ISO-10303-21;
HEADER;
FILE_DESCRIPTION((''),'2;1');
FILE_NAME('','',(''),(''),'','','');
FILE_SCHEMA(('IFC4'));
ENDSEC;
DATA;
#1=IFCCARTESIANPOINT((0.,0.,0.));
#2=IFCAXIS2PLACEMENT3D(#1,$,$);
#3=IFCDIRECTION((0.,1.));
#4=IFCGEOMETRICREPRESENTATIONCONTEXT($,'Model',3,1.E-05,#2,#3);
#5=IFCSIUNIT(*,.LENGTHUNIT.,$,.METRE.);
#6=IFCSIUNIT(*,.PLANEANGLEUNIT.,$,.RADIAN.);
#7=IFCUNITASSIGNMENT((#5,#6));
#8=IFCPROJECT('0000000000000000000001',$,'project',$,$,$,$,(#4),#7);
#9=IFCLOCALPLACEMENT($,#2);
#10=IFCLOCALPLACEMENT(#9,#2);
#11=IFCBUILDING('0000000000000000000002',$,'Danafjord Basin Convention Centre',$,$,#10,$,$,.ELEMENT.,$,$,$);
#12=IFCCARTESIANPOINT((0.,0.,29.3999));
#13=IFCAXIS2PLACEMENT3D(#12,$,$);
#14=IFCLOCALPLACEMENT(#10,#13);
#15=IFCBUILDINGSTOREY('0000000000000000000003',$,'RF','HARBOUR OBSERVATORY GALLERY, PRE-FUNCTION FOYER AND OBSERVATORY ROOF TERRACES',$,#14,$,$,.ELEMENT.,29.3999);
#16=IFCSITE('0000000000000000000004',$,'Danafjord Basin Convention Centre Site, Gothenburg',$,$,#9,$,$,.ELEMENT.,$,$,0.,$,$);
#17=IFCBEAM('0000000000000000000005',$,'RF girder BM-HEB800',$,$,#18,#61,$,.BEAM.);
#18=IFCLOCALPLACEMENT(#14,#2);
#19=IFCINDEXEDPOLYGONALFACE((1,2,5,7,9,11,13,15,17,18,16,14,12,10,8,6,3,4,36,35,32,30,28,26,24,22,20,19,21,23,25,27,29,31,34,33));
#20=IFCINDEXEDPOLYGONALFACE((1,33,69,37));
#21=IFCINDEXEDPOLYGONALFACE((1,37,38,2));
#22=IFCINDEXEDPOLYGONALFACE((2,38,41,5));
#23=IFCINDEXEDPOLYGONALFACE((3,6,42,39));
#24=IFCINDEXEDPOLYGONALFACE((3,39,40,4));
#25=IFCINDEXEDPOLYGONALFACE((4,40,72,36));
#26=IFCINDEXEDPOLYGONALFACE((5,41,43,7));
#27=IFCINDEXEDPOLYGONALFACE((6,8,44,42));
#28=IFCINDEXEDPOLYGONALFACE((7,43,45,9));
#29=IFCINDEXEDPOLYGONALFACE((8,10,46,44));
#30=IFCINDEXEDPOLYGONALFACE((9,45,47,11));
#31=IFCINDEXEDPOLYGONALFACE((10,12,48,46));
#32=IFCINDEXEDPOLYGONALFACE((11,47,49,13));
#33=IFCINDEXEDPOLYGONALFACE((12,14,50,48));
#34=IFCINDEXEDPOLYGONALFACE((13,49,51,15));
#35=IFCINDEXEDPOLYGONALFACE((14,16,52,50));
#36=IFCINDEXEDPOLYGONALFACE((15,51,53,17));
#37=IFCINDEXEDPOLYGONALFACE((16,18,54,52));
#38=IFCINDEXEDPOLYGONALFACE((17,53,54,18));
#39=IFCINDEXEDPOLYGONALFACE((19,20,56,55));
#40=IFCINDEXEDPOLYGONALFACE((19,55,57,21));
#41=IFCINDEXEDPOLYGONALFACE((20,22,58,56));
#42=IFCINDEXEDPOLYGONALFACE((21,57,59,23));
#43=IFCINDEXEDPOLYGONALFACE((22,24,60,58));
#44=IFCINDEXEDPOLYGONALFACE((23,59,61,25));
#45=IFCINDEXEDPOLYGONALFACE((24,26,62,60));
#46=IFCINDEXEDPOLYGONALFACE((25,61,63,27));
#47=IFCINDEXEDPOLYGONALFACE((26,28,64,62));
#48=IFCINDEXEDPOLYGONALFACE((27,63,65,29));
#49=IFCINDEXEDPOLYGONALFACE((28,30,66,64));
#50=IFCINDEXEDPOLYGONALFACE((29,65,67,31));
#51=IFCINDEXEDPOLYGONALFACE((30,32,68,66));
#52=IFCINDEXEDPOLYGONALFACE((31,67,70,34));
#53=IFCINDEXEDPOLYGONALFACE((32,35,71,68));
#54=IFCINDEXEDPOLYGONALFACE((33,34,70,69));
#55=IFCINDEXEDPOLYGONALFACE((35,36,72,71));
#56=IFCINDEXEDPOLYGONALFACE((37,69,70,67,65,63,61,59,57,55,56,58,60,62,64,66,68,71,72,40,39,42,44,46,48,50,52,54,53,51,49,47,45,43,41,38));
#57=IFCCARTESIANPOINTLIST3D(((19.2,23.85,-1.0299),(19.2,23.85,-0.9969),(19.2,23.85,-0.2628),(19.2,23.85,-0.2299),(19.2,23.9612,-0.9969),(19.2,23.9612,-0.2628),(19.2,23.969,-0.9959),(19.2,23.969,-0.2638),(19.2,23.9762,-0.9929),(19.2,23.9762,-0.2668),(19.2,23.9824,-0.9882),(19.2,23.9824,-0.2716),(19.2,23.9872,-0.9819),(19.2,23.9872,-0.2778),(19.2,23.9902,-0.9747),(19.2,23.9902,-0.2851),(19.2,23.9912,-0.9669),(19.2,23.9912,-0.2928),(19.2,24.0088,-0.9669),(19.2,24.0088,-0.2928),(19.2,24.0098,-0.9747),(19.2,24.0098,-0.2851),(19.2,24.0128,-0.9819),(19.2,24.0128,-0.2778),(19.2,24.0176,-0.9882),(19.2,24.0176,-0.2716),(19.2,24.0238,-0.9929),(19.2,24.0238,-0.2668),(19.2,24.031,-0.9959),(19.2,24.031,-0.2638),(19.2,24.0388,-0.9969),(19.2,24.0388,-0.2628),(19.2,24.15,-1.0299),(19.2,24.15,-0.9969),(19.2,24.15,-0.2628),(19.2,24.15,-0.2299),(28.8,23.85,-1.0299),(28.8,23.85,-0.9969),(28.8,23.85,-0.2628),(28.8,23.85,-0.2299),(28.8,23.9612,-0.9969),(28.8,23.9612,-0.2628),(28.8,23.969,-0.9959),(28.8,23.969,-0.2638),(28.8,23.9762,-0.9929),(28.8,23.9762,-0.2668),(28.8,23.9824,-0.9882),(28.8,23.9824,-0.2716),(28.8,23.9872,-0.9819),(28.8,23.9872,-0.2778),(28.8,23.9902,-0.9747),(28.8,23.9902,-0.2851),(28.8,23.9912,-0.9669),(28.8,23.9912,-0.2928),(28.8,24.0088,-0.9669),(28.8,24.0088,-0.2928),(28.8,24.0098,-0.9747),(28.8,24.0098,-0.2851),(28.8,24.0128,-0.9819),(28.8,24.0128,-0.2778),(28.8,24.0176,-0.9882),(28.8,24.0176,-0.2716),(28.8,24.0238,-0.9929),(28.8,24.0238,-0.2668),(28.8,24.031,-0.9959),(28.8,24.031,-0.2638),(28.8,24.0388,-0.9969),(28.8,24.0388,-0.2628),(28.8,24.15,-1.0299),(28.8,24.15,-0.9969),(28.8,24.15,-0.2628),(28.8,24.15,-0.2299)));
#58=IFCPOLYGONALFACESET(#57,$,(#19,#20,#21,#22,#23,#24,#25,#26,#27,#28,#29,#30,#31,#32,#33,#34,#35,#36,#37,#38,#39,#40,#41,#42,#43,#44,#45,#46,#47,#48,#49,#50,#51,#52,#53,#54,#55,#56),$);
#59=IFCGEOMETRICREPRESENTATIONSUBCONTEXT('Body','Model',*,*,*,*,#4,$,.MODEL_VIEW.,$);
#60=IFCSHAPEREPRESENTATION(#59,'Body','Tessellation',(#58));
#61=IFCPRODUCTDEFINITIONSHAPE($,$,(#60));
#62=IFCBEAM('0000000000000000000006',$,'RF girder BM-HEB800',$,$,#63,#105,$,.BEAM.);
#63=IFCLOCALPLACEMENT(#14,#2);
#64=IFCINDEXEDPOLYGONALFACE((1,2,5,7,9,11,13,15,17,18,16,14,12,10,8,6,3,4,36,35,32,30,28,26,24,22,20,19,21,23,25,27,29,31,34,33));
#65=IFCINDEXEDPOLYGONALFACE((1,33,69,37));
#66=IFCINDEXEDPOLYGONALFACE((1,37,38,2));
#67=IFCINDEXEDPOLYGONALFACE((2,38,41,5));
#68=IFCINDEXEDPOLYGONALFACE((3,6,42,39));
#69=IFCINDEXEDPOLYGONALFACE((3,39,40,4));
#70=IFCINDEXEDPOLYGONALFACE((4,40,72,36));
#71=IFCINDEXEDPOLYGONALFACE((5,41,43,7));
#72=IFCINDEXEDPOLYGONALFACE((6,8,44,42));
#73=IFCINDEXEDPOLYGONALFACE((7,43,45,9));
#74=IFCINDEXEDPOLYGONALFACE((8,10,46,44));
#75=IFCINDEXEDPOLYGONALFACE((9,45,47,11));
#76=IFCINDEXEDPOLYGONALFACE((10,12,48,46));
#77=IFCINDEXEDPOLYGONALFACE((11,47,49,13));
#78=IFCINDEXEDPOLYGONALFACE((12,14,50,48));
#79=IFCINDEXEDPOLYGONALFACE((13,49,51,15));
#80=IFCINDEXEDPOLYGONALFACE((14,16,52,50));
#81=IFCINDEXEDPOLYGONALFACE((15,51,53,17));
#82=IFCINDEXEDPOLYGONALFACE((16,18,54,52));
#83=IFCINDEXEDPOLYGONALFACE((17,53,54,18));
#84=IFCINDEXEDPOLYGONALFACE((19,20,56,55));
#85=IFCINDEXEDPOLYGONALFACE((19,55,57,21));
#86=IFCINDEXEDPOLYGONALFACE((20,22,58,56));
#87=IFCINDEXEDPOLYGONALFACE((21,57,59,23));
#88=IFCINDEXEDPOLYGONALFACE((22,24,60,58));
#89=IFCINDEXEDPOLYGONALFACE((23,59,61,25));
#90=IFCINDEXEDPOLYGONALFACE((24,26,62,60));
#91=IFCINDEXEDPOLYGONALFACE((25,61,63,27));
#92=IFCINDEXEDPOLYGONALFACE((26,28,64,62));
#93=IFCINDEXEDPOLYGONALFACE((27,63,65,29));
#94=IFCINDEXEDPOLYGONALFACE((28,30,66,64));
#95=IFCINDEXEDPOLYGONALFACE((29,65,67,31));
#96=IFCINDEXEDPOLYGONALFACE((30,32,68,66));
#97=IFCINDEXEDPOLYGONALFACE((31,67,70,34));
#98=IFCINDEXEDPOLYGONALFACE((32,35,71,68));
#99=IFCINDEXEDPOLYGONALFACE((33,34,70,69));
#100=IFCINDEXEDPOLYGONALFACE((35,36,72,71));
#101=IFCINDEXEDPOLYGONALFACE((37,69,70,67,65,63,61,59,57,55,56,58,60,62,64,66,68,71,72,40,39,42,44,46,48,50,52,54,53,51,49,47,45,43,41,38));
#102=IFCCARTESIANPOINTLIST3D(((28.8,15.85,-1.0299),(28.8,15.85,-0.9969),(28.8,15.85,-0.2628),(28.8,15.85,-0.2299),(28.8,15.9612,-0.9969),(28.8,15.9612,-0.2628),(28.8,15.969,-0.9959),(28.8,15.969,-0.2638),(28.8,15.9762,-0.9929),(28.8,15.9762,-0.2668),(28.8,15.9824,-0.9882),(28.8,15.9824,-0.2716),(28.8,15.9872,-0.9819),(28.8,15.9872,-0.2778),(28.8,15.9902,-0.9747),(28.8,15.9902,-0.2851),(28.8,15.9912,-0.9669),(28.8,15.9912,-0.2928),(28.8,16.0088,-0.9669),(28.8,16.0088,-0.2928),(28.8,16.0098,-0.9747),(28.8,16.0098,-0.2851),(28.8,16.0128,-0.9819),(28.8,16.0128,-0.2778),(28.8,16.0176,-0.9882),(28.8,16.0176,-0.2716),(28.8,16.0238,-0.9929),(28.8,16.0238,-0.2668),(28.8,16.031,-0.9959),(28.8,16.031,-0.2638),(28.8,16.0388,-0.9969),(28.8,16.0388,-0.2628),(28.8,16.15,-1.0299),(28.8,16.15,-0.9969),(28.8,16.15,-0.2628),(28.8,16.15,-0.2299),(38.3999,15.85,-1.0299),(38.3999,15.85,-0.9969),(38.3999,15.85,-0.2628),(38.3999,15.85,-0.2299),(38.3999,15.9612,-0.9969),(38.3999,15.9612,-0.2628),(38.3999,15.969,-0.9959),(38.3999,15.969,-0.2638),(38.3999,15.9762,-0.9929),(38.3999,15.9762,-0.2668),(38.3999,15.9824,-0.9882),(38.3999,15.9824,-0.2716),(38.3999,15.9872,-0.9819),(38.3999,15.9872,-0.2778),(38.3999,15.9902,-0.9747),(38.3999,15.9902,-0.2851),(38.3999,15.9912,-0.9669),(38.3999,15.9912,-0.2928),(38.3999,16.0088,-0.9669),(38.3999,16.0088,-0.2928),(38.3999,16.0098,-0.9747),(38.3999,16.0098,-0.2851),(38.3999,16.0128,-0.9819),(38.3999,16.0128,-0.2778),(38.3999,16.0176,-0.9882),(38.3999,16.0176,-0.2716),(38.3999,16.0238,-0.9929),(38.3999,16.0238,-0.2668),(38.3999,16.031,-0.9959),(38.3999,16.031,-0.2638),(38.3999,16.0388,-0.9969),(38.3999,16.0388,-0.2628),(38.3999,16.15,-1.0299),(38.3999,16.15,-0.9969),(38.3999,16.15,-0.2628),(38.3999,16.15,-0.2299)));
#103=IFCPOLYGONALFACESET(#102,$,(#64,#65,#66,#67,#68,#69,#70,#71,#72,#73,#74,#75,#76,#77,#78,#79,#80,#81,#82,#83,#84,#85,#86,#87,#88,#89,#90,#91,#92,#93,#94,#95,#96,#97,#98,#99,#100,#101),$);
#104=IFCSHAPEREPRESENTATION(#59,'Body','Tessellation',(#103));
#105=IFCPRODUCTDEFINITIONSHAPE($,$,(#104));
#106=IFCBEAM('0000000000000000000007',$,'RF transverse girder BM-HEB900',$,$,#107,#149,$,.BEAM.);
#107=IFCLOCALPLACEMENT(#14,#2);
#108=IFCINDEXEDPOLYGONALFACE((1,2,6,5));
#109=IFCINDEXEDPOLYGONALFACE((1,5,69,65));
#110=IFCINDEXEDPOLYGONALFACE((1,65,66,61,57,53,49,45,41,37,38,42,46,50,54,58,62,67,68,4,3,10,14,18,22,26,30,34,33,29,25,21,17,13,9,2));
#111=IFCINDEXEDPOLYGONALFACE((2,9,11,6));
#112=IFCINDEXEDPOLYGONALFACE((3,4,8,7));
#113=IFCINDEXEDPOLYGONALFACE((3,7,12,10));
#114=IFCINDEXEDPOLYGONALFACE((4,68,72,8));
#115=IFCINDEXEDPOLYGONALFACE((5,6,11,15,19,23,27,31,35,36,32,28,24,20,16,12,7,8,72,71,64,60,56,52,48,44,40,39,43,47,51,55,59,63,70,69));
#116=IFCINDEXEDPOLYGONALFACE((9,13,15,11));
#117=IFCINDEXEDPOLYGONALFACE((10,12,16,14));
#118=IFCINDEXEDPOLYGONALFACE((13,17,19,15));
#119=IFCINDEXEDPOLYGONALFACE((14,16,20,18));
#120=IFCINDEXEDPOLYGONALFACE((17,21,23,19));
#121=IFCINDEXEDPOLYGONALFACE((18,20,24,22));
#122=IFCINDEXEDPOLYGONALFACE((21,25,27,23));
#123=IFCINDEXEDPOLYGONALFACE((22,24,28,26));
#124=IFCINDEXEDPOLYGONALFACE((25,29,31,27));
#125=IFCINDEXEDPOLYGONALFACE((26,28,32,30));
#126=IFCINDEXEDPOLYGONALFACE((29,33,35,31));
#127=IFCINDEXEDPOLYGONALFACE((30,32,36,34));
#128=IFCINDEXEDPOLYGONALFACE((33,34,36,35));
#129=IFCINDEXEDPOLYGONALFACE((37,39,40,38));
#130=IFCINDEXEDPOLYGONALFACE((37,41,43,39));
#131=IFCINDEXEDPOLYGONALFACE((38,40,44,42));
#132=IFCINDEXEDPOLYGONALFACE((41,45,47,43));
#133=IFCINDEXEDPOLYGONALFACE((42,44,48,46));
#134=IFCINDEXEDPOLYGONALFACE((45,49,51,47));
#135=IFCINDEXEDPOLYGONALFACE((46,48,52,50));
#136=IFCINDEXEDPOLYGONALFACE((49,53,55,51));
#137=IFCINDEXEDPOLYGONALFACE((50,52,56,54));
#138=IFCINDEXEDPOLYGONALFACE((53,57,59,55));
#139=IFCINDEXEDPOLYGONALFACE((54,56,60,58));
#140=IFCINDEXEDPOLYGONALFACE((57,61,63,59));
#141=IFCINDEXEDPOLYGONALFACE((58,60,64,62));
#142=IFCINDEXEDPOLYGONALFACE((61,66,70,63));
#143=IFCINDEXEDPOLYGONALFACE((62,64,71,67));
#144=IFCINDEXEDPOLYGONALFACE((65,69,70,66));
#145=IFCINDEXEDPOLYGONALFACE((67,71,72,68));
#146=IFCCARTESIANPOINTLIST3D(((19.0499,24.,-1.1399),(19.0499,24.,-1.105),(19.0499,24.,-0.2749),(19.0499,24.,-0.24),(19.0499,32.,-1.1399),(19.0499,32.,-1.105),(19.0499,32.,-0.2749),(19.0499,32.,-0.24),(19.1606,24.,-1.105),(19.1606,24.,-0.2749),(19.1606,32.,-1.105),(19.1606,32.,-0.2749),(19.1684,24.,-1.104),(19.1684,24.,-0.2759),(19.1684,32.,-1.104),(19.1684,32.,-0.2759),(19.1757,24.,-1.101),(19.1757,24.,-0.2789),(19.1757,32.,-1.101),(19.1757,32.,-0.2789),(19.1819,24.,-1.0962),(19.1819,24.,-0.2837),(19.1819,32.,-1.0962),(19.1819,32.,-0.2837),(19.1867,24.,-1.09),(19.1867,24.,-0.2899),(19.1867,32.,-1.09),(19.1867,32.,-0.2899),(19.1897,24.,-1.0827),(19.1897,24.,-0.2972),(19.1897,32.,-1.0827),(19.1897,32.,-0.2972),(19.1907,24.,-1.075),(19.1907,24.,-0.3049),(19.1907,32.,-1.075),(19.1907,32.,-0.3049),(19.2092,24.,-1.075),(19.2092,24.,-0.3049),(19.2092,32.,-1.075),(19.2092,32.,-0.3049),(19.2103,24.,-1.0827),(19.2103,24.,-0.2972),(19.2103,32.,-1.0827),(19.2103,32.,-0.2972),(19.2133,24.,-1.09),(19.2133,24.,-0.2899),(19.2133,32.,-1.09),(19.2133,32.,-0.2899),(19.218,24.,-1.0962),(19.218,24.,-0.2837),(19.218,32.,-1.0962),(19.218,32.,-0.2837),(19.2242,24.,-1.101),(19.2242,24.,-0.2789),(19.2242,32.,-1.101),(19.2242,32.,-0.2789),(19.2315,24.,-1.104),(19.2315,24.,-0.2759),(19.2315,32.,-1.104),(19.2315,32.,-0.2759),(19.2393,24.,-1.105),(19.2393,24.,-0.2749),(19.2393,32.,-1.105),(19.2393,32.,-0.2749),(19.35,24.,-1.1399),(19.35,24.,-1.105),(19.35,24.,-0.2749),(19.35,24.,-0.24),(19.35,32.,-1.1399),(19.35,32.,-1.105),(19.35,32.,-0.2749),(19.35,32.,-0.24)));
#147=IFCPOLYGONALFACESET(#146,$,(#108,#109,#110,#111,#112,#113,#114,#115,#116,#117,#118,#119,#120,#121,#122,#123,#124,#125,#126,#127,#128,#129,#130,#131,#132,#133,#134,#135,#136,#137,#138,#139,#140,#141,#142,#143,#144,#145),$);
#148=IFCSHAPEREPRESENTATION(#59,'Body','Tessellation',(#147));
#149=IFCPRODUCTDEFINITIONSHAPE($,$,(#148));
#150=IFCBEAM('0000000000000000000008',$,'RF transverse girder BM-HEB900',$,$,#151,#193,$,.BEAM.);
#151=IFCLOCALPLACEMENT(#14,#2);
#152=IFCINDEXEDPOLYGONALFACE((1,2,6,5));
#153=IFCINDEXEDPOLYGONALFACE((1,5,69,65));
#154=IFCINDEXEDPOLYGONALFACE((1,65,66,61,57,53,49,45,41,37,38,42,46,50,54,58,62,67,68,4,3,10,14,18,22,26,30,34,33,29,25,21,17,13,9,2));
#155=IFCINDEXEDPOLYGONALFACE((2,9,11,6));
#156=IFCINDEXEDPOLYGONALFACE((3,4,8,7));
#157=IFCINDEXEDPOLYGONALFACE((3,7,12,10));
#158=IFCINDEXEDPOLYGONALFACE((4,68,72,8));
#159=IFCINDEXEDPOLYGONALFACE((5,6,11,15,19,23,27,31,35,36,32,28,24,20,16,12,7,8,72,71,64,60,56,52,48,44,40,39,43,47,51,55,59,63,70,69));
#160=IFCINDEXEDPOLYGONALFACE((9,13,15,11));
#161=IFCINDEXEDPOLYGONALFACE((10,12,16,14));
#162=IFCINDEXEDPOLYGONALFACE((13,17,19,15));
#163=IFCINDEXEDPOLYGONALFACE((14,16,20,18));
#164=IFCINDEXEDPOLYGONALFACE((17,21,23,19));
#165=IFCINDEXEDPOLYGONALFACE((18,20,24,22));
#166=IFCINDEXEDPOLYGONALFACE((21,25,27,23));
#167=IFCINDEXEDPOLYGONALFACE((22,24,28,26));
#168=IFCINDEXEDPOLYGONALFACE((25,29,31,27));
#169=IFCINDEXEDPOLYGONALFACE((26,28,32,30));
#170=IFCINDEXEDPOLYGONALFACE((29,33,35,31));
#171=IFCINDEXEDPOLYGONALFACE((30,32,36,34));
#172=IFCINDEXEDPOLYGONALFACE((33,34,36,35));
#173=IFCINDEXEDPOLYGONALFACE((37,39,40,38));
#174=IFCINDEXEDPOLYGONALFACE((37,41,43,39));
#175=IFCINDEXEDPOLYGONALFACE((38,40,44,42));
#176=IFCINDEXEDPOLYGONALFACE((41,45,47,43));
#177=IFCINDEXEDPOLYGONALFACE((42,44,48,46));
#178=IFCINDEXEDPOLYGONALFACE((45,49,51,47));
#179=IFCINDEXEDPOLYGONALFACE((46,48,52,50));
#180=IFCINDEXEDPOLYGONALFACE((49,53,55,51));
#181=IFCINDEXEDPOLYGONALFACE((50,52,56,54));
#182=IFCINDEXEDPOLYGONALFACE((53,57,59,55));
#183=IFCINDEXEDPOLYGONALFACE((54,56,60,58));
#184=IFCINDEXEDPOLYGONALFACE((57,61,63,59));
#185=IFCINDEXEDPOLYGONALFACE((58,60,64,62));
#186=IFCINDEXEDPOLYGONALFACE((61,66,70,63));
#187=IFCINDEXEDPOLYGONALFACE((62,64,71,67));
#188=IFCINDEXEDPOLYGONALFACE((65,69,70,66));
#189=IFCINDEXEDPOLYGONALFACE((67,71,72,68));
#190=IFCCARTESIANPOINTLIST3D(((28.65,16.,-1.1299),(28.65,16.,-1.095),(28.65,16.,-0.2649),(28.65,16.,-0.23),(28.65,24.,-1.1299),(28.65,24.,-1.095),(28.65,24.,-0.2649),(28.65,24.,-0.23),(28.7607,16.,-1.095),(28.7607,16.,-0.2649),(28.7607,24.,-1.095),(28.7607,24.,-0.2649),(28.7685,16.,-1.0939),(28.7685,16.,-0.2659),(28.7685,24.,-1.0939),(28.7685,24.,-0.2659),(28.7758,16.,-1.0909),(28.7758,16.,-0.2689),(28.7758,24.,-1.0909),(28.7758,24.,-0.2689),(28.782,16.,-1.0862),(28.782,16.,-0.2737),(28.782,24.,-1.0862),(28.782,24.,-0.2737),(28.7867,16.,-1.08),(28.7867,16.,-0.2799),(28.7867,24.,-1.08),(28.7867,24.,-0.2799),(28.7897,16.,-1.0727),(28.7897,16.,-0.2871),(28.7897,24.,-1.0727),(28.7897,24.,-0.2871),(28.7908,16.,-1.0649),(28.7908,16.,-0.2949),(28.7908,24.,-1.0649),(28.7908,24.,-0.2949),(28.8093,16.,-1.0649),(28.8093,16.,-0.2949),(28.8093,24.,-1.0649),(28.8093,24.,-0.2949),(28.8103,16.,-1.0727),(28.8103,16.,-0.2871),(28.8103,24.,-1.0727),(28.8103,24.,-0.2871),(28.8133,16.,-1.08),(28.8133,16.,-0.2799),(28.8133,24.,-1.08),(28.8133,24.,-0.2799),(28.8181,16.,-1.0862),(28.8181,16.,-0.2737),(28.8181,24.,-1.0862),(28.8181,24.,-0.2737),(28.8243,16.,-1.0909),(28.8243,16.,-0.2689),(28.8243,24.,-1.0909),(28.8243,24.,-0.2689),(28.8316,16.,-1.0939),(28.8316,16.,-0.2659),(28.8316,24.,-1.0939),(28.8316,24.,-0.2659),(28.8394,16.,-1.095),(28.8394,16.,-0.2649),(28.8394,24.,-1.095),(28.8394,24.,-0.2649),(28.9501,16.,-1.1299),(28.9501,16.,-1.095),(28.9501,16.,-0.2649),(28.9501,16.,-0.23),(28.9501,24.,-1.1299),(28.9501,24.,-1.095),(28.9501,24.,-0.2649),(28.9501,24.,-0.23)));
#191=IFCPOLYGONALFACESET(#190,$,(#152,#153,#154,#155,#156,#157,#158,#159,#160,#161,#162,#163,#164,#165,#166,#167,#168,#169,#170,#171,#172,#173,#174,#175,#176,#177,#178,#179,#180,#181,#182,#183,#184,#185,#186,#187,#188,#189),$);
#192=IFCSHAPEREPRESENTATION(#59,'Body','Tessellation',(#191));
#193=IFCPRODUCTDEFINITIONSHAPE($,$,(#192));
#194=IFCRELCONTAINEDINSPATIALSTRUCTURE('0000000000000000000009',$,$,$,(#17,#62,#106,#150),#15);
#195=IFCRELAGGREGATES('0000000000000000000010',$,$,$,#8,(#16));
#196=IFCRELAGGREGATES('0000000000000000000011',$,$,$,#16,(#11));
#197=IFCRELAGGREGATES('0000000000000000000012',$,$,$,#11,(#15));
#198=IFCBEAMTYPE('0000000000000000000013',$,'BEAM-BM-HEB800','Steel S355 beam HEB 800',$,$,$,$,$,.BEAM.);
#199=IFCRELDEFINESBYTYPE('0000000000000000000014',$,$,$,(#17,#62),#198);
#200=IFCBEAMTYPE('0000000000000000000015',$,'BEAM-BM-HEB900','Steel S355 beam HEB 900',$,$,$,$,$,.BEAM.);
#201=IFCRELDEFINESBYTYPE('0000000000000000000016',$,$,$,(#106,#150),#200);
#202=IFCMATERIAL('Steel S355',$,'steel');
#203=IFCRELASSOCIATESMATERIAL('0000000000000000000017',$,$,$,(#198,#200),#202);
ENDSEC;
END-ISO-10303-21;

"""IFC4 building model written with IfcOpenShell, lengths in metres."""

from ifc_helpers import new_model, si_unit, direction, frame, origin, origin_2d, place, context, subcontext, project, spatial, i_section, extrude, material, material_profile, profile_set, type_object, element, save


model = new_model("IFC4")

# Units and contexts
model_context = context("Model", 3, precision=1e-05, world=origin(), true_north=direction((0.0, 1.0)))
body_context = subcontext(model_context, "Body", "Model", "MODEL_VIEW")
ifc_project = project(units=[si_unit("LENGTHUNIT", "METRE"), si_unit("PLANEANGLEUNIT", "RADIAN")], contexts=[model_context])

# Site, building, storey
site_placement = place(None, origin())
site = spatial("IfcSite", under=ifc_project, at=site_placement, Name="Danafjord Basin Convention Centre Site, Gothenburg", CompositionType="ELEMENT", RefElevation=0.0)
building_placement = place(site_placement, origin())
building = spatial("IfcBuilding", under=site, at=building_placement, Name="Danafjord Basin Convention Centre", CompositionType="ELEMENT")
storey_placement = place(building_placement, frame((0.0, 0.0, 29.3999)))
storey = spatial("IfcBuildingStorey", under=building, at=storey_placement, Name="RF", Description="HARBOUR OBSERVATORY GALLERY, PRE-FUNCTION FOYER AND OBSERVATORY ROOF TERRACES", CompositionType="ELEMENT", Elevation=29.3999)

# Shared definitions
ifc_material_1 = material(Name="Steel S355", Category="steel")

# Beams
ifc_material_profile_1 = material_profile(ifc_material_1, i_section(OverallWidth=0.3, OverallDepth=0.8, WebThickness=0.0176, FlangeThickness=0.033, FilletRadius=0.03, at=origin_2d()), Name="HEB 800")
ifc_profile_set_1 = profile_set([ifc_material_profile_1], Name="Steel S355")
beam_type_1 = type_object("IfcBeamType", Name="BEAM-BM-HEB800", Description="Steel S355 beam HEB 800", PredefinedType="BEAM", material=ifc_profile_set_1)
beam_1_placement = place(storey_placement, frame((19.2, 24.0, -0.6299), z_axis=(1.0, 0.0, 0.0), x_axis=(0.0, 1.0, 0.0)))
element("IfcBeam", 1, at=beam_1_placement, inside=storey, type_object=beam_type_1, Name="RF girder BM-HEB800", PredefinedType="BEAM", context=body_context, shape_type="SweptSolid", body=[
    extrude(i_section(OverallWidth=0.3, OverallDepth=0.8, WebThickness=0.0176, FlangeThickness=0.033, FilletRadius=0.03, at=origin_2d()), origin(), (0.0, 0.0, 1.0), 9.6001),
])
beam_2_placement = place(storey_placement, frame((28.8, 16.0, -0.6299), z_axis=(1.0, 0.0, 0.0), x_axis=(0.0, 1.0, 0.0)))
element("IfcBeam", 2, at=beam_2_placement, inside=storey, type_object=beam_type_1, Name="RF girder BM-HEB800", PredefinedType="BEAM", context=body_context, shape_type="SweptSolid", body=[
    extrude(i_section(OverallWidth=0.3, OverallDepth=0.8, WebThickness=0.0176, FlangeThickness=0.033, FilletRadius=0.03, at=origin_2d()), origin(), (0.0, 0.0, 1.0), 9.5999),
])
ifc_material_profile_2 = material_profile(ifc_material_1, i_section(OverallWidth=0.3, OverallDepth=0.8999, WebThickness=0.0186, FlangeThickness=0.0349, FilletRadius=0.03, at=origin_2d()), Name="HEB 900")
ifc_profile_set_2 = profile_set([ifc_material_profile_2], Name="Steel S355")
beam_type_2 = type_object("IfcBeamType", Name="BEAM-BM-HEB900", Description="Steel S355 beam HEB 900", PredefinedType="BEAM", material=ifc_profile_set_2)
for number, where, z_axis, x_axis, name in (
    (3, (19.2, 24.0, -0.6899), (0.0, 1.0, 0.0), (-1.0, 0.0, 0.0), "RF transverse girder BM-HEB900"),
    (4, (28.8, 16.0, -0.6799), (0.0, 1.0, 0.0), (-1.0, 0.0, 0.0), "RF transverse girder BM-HEB900"),
):
    element("IfcBeam", number, at=place(storey_placement, frame(where, z_axis=z_axis, x_axis=x_axis)), inside=storey, type_object=beam_type_2, Name=name, PredefinedType="BEAM", context=body_context, shape_type="SweptSolid", body=[
        extrude(i_section(OverallWidth=0.3, OverallDepth=0.8999, WebThickness=0.0186, FlangeThickness=0.0349, FilletRadius=0.03, at=origin_2d()), origin(), (0.0, 0.0, 1.0), 8.0),
    ])

save(model, "model.ifc")
